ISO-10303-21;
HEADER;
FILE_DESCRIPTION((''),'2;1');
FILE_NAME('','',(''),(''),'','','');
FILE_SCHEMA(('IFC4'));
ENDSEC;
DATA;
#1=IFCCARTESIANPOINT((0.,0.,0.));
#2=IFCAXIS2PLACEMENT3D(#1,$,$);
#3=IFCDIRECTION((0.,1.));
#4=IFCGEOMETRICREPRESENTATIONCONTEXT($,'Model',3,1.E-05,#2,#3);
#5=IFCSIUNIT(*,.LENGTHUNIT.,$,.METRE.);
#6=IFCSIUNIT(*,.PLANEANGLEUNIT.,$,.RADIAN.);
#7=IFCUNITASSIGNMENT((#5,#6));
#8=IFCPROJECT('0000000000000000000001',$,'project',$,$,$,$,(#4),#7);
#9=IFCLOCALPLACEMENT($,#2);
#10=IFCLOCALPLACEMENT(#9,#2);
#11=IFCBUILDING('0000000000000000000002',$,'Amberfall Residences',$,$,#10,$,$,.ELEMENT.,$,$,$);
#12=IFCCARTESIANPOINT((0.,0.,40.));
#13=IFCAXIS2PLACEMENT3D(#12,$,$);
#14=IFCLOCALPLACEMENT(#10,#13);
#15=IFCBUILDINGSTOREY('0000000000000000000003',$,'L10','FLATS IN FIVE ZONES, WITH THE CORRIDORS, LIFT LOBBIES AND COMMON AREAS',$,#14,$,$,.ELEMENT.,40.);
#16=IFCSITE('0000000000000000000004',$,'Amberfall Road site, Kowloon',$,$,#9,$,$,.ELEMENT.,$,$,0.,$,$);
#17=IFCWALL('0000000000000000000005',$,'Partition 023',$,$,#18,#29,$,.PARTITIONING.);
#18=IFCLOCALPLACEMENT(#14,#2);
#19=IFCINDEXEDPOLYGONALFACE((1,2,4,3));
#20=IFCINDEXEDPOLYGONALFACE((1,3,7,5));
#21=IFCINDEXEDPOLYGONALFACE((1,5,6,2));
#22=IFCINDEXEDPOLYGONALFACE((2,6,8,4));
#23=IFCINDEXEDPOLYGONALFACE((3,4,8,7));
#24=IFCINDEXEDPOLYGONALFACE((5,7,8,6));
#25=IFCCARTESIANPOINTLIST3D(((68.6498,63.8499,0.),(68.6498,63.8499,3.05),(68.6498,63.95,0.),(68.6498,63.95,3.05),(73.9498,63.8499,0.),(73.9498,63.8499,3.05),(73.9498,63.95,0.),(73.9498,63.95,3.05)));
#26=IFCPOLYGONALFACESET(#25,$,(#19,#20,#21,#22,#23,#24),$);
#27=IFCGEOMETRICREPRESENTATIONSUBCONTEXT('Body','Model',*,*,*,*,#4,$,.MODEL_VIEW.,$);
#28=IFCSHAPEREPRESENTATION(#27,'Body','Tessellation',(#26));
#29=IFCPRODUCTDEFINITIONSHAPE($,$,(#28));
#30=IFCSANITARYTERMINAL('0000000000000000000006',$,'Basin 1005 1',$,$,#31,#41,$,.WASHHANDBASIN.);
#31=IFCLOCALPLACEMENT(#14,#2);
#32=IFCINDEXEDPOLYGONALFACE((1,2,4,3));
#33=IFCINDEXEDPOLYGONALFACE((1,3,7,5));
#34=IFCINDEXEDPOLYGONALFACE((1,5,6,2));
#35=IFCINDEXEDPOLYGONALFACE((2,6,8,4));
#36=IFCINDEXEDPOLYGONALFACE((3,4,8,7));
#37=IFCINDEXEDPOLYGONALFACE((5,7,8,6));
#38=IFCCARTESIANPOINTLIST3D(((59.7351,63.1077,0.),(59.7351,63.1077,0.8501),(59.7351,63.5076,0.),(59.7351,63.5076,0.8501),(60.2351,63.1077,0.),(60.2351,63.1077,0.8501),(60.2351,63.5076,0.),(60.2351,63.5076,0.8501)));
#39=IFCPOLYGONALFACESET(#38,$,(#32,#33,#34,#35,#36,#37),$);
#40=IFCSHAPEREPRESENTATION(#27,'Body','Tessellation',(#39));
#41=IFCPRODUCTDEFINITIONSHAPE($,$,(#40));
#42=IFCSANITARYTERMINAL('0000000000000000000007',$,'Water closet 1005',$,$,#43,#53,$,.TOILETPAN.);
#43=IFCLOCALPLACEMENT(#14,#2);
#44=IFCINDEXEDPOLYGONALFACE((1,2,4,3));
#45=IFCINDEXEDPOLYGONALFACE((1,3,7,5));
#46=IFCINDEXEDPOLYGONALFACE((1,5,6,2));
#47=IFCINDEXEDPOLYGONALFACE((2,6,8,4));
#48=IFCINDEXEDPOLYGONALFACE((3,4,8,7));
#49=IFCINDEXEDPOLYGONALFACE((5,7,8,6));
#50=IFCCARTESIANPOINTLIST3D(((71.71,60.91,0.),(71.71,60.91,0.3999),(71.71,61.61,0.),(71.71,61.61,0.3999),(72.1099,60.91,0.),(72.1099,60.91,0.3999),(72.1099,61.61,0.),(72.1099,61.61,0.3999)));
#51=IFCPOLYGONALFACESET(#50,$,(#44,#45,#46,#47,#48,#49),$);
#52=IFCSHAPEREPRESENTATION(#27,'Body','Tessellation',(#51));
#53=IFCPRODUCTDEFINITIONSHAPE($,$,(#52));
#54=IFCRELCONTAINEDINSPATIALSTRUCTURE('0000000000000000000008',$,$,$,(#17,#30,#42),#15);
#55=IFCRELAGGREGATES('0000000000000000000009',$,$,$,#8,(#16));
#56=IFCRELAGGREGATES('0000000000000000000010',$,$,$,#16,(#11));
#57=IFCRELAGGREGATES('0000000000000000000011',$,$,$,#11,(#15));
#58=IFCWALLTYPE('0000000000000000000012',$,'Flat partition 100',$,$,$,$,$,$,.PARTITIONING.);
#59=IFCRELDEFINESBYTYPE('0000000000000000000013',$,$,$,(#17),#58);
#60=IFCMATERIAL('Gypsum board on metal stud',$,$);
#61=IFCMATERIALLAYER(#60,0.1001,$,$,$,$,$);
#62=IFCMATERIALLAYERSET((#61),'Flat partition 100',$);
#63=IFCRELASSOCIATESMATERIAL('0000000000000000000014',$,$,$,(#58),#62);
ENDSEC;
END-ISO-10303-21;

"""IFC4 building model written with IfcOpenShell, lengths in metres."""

from ifc_helpers import new_model, si_unit, direction, frame, frame_2d, origin, origin_2d, place, context, subcontext, project, spatial, rectangle, extrude, material, layer, layer_set, type_object, element, save


model = new_model("IFC4")

# Units and contexts
model_context = context("Model", 3, precision=1e-05, world=origin(), true_north=direction((0.0, 1.0)))
body_context = subcontext(model_context, "Body", "Model", "MODEL_VIEW")
ifc_project = project(units=[si_unit("LENGTHUNIT", "METRE"), si_unit("PLANEANGLEUNIT", "RADIAN")], contexts=[model_context])

# Site, building, storey
site_placement = place(None, origin())
site = spatial("IfcSite", under=ifc_project, at=site_placement, Name="Amberfall Road site, Kowloon", CompositionType="ELEMENT", RefElevation=0.0)
building_placement = place(site_placement, origin())
building = spatial("IfcBuilding", under=site, at=building_placement, Name="Amberfall Residences", CompositionType="ELEMENT")
storey_placement = place(building_placement, frame((0.0, 0.0, 40.0)))
storey = spatial("IfcBuildingStorey", under=building, at=storey_placement, Name="L10", Description="FLATS IN FIVE ZONES, WITH THE CORRIDORS, LIFT LOBBIES AND COMMON AREAS", CompositionType="ELEMENT", Elevation=40.0)

# Wall
ifc_material_1 = material(Name="Gypsum board on metal stud")
ifc_layer_1 = layer(ifc_material_1, 0.1001)
ifc_layer_set_1 = layer_set([ifc_layer_1], Name="Flat partition 100")
wall_type = type_object("IfcWallType", Name="Flat partition 100", PredefinedType="PARTITIONING", material=ifc_layer_set_1)
wall_1_placement = place(storey_placement, frame((68.6499, 63.8999, 0.0), z_axis=(0.0, 0.0, 1.0), x_axis=(1.0, 0.0, 0.0)))
element("IfcWall", 1, at=wall_1_placement, inside=storey, type_object=wall_type, Name="Partition 023", PredefinedType="PARTITIONING", context=body_context, shape_type="SweptSolid", body=[
    extrude(rectangle(XDim=5.3, YDim=0.1001, at=frame_2d((2.6499, 0.0))), origin(), (0.0, 0.0, 1.0), 3.05),
])

# Sanitary terminals
sanitary_terminal_1_placement = place(storey_placement, frame((59.9851, 63.3076, 0.0), z_axis=(0.0, 0.0, 1.0), x_axis=(1.0, 0.0, 0.0)))
element("IfcSanitaryTerminal", 2, at=sanitary_terminal_1_placement, inside=storey, Name="Basin 1005 1", PredefinedType="WASHHANDBASIN", context=body_context, shape_type="SweptSolid", body=[
    extrude(rectangle(XDim=0.5, YDim=0.3999, at=origin_2d()), origin(), (0.0, 0.0, 1.0), 0.8501),
])
sanitary_terminal_2_placement = place(storey_placement, frame((71.9099, 61.26, 0.0), z_axis=(0.0, 0.0, 1.0), x_axis=(1.0, 0.0, 0.0)))
element("IfcSanitaryTerminal", 3, at=sanitary_terminal_2_placement, inside=storey, Name="Water closet 1005", PredefinedType="TOILETPAN", context=body_context, shape_type="SweptSolid", body=[
    extrude(rectangle(XDim=0.3999, YDim=0.7, at=origin_2d()), origin(), (0.0, 0.0, 1.0), 0.3999),
])

save(model, "model.ifc")
